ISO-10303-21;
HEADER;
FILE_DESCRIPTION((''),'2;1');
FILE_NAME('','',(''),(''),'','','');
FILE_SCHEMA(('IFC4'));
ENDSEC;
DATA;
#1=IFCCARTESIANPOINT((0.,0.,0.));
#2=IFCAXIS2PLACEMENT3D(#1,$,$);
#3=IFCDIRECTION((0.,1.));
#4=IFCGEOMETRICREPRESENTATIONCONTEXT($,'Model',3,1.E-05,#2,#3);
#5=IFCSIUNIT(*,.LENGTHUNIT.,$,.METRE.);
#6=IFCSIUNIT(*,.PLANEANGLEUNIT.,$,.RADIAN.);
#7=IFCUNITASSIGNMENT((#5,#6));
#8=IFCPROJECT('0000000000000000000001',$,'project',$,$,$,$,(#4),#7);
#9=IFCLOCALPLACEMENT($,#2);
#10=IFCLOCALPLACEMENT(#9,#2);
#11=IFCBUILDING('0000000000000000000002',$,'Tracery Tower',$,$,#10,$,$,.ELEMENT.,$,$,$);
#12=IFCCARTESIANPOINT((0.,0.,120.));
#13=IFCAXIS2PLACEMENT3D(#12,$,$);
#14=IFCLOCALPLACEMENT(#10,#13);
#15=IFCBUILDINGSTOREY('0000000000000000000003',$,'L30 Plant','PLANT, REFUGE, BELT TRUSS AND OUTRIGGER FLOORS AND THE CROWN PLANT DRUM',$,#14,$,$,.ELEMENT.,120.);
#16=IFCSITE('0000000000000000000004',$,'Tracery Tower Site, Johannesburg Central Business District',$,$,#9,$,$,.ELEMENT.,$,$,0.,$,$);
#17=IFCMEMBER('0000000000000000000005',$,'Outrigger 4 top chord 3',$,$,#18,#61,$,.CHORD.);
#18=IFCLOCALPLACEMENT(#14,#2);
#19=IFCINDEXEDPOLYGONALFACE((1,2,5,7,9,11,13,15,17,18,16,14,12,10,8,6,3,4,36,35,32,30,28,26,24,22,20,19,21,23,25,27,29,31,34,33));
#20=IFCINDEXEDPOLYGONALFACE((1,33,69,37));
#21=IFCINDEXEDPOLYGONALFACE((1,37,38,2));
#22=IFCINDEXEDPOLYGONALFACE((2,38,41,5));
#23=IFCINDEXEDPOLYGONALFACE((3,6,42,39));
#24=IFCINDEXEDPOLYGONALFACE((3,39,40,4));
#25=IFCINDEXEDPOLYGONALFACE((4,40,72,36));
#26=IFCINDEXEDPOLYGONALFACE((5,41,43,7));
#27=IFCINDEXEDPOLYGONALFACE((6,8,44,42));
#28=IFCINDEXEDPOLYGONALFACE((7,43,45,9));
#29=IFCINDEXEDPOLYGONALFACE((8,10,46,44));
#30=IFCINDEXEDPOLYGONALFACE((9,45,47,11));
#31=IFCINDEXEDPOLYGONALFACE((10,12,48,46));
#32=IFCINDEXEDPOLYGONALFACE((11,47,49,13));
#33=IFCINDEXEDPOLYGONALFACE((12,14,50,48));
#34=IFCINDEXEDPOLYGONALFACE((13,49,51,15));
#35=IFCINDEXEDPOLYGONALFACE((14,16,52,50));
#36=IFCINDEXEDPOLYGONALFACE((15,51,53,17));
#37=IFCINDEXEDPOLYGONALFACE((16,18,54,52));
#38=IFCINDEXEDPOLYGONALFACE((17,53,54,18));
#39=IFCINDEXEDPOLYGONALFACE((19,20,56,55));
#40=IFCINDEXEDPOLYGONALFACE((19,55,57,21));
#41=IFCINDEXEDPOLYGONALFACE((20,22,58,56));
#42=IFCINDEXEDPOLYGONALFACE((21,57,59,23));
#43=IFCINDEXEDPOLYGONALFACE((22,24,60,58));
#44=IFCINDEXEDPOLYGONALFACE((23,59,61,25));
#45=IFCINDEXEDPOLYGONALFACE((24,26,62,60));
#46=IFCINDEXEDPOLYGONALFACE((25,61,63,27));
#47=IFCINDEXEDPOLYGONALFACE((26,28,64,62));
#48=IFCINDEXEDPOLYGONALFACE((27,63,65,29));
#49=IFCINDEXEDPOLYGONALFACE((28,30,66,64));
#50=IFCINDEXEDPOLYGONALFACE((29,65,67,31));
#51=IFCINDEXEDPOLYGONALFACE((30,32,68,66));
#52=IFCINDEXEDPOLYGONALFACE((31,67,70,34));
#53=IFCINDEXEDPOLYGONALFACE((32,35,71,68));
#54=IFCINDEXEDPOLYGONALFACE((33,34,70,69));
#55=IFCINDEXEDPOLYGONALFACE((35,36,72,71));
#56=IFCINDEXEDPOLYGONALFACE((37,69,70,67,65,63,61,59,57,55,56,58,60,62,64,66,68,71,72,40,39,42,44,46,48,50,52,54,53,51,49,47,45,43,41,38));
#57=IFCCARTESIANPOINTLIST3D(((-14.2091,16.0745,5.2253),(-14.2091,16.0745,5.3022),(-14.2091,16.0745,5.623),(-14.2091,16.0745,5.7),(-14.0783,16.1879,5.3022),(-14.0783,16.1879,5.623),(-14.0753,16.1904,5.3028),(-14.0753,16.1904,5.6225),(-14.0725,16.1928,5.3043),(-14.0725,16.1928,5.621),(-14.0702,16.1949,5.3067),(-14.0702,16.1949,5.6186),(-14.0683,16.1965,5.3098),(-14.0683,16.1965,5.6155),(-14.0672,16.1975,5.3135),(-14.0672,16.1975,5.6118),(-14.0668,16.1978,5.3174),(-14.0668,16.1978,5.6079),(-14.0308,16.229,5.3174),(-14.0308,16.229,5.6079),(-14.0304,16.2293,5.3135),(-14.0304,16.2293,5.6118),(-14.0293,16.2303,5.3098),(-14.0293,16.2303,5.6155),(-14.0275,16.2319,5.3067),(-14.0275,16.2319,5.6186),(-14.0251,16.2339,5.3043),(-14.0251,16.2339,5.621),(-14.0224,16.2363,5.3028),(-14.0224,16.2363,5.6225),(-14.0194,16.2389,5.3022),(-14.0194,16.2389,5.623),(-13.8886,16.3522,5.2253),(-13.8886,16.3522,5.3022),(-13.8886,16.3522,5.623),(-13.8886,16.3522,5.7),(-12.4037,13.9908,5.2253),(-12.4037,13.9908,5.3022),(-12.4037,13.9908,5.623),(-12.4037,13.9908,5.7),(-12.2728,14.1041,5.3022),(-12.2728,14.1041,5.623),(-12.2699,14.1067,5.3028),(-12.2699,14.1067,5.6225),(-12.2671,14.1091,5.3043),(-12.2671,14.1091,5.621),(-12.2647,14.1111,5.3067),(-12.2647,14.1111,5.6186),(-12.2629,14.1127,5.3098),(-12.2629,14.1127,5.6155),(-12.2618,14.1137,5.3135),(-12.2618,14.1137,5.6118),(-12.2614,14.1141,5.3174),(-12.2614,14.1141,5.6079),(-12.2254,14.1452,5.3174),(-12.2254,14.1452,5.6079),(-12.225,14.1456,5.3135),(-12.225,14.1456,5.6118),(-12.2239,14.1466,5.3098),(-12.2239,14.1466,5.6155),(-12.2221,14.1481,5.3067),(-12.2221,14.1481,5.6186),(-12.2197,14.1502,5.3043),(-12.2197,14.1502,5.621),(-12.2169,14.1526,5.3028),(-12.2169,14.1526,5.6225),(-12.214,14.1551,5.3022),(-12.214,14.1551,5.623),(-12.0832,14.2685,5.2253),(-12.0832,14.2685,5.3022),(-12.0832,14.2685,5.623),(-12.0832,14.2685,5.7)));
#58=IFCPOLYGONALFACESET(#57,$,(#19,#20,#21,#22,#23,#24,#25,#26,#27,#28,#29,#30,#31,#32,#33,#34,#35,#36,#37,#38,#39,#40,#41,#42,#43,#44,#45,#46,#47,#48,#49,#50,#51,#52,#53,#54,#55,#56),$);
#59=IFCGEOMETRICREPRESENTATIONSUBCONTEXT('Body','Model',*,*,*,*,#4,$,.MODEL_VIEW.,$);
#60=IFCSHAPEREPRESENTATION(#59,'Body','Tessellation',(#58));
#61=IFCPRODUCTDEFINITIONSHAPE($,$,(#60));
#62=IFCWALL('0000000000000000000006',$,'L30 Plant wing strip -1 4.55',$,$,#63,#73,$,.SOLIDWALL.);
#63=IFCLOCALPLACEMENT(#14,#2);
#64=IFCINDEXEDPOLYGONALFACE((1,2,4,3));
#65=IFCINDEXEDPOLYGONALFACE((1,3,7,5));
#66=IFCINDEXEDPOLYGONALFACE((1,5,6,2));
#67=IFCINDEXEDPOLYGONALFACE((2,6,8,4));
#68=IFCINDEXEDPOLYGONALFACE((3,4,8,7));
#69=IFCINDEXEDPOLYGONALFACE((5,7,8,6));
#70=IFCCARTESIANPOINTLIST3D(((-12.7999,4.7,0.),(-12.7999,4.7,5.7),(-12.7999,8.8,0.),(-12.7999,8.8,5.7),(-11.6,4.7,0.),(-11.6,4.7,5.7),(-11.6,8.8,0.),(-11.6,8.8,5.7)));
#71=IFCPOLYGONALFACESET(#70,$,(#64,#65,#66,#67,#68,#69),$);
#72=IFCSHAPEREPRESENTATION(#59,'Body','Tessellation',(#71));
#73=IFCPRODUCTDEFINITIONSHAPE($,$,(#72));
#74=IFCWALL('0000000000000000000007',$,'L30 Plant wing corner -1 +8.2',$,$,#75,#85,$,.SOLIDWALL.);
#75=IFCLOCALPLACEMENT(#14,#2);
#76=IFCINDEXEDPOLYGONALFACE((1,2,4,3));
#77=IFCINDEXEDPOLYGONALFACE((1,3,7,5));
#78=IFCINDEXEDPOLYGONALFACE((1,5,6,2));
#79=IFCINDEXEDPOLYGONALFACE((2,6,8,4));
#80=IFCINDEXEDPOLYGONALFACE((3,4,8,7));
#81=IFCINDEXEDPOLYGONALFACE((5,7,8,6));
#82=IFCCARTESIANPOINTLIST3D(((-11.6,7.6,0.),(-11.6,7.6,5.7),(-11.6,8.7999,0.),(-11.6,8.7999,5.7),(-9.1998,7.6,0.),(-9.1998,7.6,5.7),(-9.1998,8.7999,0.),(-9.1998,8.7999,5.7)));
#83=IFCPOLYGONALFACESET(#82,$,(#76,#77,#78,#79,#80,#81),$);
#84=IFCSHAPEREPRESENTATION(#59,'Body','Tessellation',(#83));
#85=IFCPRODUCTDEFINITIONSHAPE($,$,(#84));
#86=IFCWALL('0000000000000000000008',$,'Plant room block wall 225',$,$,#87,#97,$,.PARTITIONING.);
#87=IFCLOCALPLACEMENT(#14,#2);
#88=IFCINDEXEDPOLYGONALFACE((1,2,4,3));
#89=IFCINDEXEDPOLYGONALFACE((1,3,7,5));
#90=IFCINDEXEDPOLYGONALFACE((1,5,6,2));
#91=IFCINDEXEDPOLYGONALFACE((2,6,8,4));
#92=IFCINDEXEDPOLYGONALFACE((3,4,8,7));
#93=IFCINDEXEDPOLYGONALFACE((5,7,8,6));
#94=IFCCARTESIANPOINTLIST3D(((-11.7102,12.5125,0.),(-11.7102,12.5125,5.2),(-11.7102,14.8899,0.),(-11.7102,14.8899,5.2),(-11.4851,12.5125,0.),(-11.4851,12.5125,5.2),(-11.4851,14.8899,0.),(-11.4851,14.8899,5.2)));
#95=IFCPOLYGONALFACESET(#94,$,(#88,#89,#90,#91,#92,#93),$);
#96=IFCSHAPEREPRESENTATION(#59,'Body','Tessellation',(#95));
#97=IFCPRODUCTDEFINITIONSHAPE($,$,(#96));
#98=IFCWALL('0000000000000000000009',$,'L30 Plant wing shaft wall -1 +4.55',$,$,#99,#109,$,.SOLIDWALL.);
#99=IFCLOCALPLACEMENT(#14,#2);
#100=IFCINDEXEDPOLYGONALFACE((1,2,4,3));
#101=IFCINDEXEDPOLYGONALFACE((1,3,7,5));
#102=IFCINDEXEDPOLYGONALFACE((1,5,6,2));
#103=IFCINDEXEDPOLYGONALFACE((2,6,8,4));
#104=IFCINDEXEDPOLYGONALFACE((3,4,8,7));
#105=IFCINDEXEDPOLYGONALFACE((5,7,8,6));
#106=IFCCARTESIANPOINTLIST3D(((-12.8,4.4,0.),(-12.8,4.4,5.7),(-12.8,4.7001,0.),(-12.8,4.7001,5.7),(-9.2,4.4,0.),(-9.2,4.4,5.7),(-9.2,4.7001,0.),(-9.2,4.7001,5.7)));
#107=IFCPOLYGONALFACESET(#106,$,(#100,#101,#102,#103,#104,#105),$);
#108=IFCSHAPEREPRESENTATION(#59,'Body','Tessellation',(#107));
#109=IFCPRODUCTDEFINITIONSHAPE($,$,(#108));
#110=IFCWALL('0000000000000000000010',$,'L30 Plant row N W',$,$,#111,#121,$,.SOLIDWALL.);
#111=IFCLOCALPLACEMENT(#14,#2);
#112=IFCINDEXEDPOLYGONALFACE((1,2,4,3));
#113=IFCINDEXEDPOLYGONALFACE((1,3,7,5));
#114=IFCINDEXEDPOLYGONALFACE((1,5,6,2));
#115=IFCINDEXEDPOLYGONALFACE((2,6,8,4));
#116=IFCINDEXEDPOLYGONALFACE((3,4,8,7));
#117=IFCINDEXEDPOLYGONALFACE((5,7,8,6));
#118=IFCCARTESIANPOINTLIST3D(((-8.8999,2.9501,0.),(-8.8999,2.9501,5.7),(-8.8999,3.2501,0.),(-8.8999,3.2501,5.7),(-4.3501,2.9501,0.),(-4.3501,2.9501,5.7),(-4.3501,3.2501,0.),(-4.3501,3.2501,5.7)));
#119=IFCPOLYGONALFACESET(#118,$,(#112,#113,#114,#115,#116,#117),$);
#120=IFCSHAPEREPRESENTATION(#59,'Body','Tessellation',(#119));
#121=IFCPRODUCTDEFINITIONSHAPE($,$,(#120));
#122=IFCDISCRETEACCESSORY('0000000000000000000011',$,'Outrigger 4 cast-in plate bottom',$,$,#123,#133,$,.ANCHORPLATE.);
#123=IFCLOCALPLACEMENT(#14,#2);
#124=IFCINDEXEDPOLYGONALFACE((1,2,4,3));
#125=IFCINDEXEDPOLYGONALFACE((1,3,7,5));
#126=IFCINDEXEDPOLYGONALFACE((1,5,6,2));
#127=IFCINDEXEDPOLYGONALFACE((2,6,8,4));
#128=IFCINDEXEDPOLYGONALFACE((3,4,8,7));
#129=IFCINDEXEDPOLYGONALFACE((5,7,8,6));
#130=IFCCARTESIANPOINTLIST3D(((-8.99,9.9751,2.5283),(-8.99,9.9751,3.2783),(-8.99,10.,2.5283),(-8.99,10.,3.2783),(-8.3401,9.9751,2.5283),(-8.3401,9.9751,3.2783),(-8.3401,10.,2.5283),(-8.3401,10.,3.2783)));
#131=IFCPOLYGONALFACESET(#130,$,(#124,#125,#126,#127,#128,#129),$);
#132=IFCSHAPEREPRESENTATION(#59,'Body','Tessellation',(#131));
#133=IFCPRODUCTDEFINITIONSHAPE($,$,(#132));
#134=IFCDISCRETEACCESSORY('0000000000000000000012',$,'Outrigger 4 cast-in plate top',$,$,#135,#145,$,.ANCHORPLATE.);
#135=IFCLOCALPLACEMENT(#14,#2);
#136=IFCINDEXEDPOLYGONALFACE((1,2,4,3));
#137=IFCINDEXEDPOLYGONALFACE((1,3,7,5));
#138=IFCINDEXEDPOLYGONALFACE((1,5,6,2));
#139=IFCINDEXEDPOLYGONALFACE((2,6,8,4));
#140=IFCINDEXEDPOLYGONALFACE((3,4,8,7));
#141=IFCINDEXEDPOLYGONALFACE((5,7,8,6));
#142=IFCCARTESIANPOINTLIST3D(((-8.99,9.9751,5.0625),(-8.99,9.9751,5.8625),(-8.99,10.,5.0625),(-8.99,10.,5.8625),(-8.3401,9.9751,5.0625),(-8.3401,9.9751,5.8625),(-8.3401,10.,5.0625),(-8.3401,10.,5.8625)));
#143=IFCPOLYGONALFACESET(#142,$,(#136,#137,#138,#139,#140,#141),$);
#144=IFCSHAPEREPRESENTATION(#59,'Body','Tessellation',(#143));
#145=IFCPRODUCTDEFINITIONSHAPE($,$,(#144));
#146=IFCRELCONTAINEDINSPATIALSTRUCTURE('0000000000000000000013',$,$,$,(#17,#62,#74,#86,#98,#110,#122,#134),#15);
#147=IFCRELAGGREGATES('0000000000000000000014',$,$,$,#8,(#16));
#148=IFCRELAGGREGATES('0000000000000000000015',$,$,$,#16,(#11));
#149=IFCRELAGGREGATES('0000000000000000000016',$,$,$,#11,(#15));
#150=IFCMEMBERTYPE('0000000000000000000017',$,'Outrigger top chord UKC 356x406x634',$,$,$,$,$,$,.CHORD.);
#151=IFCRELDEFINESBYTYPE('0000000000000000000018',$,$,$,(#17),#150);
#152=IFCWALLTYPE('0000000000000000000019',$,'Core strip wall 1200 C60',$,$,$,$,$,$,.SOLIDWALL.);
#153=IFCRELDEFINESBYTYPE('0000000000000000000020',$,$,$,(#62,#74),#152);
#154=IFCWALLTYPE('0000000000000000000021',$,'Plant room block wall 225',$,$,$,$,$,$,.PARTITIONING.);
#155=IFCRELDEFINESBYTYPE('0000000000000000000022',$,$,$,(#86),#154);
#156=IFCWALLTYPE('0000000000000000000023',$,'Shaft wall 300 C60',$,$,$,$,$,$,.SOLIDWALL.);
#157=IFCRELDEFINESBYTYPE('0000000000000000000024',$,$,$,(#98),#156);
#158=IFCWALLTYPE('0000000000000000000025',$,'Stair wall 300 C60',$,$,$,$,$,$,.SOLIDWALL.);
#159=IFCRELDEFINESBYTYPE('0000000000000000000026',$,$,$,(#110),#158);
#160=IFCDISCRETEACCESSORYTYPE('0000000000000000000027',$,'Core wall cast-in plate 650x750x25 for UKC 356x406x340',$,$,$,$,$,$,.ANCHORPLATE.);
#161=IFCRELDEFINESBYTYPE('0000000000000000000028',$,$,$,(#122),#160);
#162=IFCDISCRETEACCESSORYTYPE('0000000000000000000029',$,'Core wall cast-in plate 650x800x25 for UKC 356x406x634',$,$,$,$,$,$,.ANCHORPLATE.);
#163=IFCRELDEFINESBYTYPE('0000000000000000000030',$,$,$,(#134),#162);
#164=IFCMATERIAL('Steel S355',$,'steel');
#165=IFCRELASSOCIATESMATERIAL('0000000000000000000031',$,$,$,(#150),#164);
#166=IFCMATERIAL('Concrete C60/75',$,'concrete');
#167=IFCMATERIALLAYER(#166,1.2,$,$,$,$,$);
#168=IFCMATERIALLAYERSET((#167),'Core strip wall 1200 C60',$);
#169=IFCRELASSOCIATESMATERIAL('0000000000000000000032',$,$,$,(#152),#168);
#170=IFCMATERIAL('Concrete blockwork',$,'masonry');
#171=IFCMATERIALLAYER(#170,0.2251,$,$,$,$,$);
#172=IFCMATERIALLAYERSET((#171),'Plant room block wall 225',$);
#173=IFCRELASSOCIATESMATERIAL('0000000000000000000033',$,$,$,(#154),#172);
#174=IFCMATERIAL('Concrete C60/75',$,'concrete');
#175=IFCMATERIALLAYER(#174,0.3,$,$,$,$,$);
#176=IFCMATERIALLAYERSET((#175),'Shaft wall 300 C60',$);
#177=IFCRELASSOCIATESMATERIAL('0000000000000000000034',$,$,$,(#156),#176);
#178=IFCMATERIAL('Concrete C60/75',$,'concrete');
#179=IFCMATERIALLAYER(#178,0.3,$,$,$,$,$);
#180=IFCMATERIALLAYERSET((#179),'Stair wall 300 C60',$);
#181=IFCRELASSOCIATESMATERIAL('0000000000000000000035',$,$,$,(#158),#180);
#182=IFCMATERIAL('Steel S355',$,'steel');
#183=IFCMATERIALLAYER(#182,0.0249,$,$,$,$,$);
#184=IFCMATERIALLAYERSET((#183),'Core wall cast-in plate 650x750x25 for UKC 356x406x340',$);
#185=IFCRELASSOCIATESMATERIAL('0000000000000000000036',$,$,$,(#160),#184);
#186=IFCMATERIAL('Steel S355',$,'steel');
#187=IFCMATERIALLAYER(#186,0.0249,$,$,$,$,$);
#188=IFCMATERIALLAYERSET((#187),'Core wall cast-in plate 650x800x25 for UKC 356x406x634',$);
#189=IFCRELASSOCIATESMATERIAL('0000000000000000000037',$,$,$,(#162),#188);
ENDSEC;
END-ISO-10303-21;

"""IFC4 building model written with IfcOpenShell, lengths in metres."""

from ifc_helpers import new_model, si_unit, direction, frame, frame_2d, origin, origin_2d, place, context, subcontext, project, spatial, rectangle, i_section, extrude, material, layer, layer_set, material_profile, profile_set, type_object, element, save


model = new_model("IFC4")

# Units and contexts
model_context = context("Model", 3, precision=1e-05, world=origin(), true_north=direction((0.0, 1.0)))
body_context = subcontext(model_context, "Body", "Model", "MODEL_VIEW")
ifc_project = project(units=[si_unit("LENGTHUNIT", "METRE"), si_unit("PLANEANGLEUNIT", "RADIAN")], contexts=[model_context])

# Site, building, storey
site_placement = place(None, origin())
site = spatial("IfcSite", under=ifc_project, at=site_placement, Name="Tracery Tower Site, Johannesburg Central Business District", CompositionType="ELEMENT", RefElevation=0.0)
building_placement = place(site_placement, origin())
building = spatial("IfcBuilding", under=site, at=building_placement, Name="Tracery Tower", CompositionType="ELEMENT")
storey_placement = place(building_placement, frame((0.0, 0.0, 120.0)))
storey = spatial("IfcBuildingStorey", under=building, at=storey_placement, Name="L30 Plant", Description="PLANT, REFUGE, BELT TRUSS AND OUTRIGGER FLOORS AND THE CROWN PLANT DRUM", CompositionType="ELEMENT", Elevation=120.0)

# Member
ifc_material_1 = material(Name="Steel S355", Category="steel")
ifc_material_profile_1 = material_profile(ifc_material_1, i_section(OverallWidth=0.4241, OverallDepth=0.4746, WebThickness=0.0476, FlangeThickness=0.0769, FilletRadius=0.0151, at=origin_2d()), Name="UKC 356x406x634")
ifc_profile_set_1 = profile_set([ifc_material_profile_1], Name="Steel S355")
member_type_1 = type_object("IfcMemberType", Name="Outrigger top chord UKC 356x406x634", PredefinedType="CHORD", material=ifc_profile_set_1)
member_1_placement = place(storey_placement, frame((-12.2434, 14.1296, 5.4626), z_axis=(-0.654829, 0.755777, 0.0), x_axis=(-0.755777, -0.654829, 0.0)))
element("IfcMember", 1, at=member_1_placement, inside=storey, type_object=member_type_1, Name="Outrigger 4 top chord 3", PredefinedType="CHORD", context=body_context, shape_type="SweptSolid", body=[
    extrude(i_section(OverallWidth=0.4241, OverallDepth=0.4746, WebThickness=0.0476, FlangeThickness=0.0769, FilletRadius=0.0151, at=origin_2d()), origin(), (0.0, 0.0, 1.0), 2.7571),
])

# Walls
ifc_material_2 = material(Name="Concrete C60/75", Category="concrete")
ifc_layer_1 = layer(ifc_material_2, 1.2)
ifc_layer_set_1 = layer_set([ifc_layer_1], Name="Core strip wall 1200 C60")
wall_type_1 = type_object("IfcWallType", Name="Core strip wall 1200 C60", PredefinedType="SOLIDWALL", material=ifc_layer_set_1)
wall_1_placement = place(storey_placement, frame((-12.2, 4.7, 0.0), z_axis=(0.0, 0.0, 1.0), x_axis=(0.0, 1.0, 0.0)))
element("IfcWall", 2, at=wall_1_placement, inside=storey, type_object=wall_type_1, Name="L30 Plant wing strip -1 4.55", PredefinedType="SOLIDWALL", context=body_context, shape_type="SweptSolid", body=[
    extrude(rectangle(XDim=4.1001, YDim=1.2, at=frame_2d((2.05, 0.0))), origin(), (0.0, 0.0, 1.0), 5.7),
])
wall_2_placement = place(storey_placement, frame((-11.6001, 8.2, 0.0), z_axis=(0.0, 0.0, 1.0), x_axis=(1.0, 0.0, 0.0)))
element("IfcWall", 3, at=wall_2_placement, inside=storey, type_object=wall_type_1, Name="L30 Plant wing corner -1 +8.2", PredefinedType="SOLIDWALL", context=body_context, shape_type="SweptSolid", body=[
    extrude(rectangle(XDim=2.4001, YDim=1.2, at=frame_2d((1.2002, 0.0))), origin(), (0.0, 0.0, 1.0), 5.7),
])

# Walls
ifc_material_3 = material(Name="Concrete blockwork", Category="masonry")
ifc_layer_2 = layer(ifc_material_3, 0.2251)
ifc_layer_set_2 = layer_set([ifc_layer_2], Name="Plant room block wall 225")
wall_type_2 = type_object("IfcWallType", Name="Plant room block wall 225", PredefinedType="PARTITIONING", material=ifc_layer_set_2)
wall_3_placement = place(storey_placement, frame((-11.5977, 12.5125, 0.0), z_axis=(0.0, 0.0, 1.0), x_axis=(0.0, 1.0, 0.0)))
element("IfcWall", 4, at=wall_3_placement, inside=storey, type_object=wall_type_2, Name="Plant room block wall 225", PredefinedType="PARTITIONING", context=body_context, shape_type="SweptSolid", body=[
    extrude(rectangle(XDim=2.3774, YDim=0.2251, at=frame_2d((1.1887, 0.0))), origin(), (0.0, 0.0, 1.0), 5.2),
])
ifc_material_4 = material(Name="Concrete C60/75", Category="concrete")
ifc_layer_3 = layer(ifc_material_4, 0.3)
ifc_layer_set_3 = layer_set([ifc_layer_3], Name="Shaft wall 300 C60")
wall_type_3 = type_object("IfcWallType", Name="Shaft wall 300 C60", PredefinedType="SOLIDWALL", material=ifc_layer_set_3)
wall_4_placement = place(storey_placement, frame((-12.8, 4.55, 0.0), z_axis=(0.0, 0.0, 1.0), x_axis=(1.0, 0.0, 0.0)))
element("IfcWall", 5, at=wall_4_placement, inside=storey, type_object=wall_type_3, Name="L30 Plant wing shaft wall -1 +4.55", PredefinedType="SOLIDWALL", context=body_context, shape_type="SweptSolid", body=[
    extrude(rectangle(XDim=3.6001, YDim=0.3, at=frame_2d((1.8, 0.0))), origin(), (0.0, 0.0, 1.0), 5.7),
])

# Wall
ifc_material_5 = material(Name="Concrete C60/75", Category="concrete")
ifc_layer_4 = layer(ifc_material_5, 0.3)
ifc_layer_set_4 = layer_set([ifc_layer_4], Name="Stair wall 300 C60")
wall_type_4 = type_object("IfcWallType", Name="Stair wall 300 C60", PredefinedType="SOLIDWALL", material=ifc_layer_set_4)
wall_5_placement = place(storey_placement, frame((-8.8999, 3.1001, 0.0), z_axis=(0.0, 0.0, 1.0), x_axis=(1.0, 0.0, 0.0)))
element("IfcWall", 6, at=wall_5_placement, inside=storey, type_object=wall_type_4, Name="L30 Plant row N W", PredefinedType="SOLIDWALL", context=body_context, shape_type="SweptSolid", body=[
    extrude(rectangle(XDim=4.5498, YDim=0.3, at=frame_2d((2.2749, 0.0))), origin(), (0.0, 0.0, 1.0), 5.7),
])

# Discrete accessories
ifc_material_6 = material(Name="Steel S355", Category="steel")
ifc_layer_5 = layer(ifc_material_6, 0.0249)
ifc_layer_set_5 = layer_set([ifc_layer_5], Name="Core wall cast-in plate 650x750x25 for UKC 356x406x340")
discrete_accessory_type_1 = type_object("IfcDiscreteAccessoryType", Name="Core wall cast-in plate 650x750x25 for UKC 356x406x340", PredefinedType="ANCHORPLATE", material=ifc_layer_set_5)
discrete_accessory_1_placement = place(storey_placement, frame((-8.665, 9.9875, 2.5283), z_axis=(0.0, 0.0, 1.0), x_axis=(1.0, 0.0, 0.0)))
element("IfcDiscreteAccessory", 7, at=discrete_accessory_1_placement, inside=storey, type_object=discrete_accessory_type_1, Name="Outrigger 4 cast-in plate bottom", PredefinedType="ANCHORPLATE", context=body_context, shape_type="SweptSolid", body=[
    extrude(rectangle(XDim=0.6499, YDim=0.0249, at=origin_2d()), origin(), (0.0, 0.0, 1.0), 0.75),
])
ifc_material_7 = material(Name="Steel S355", Category="steel")
ifc_layer_6 = layer(ifc_material_7, 0.0249)
ifc_layer_set_6 = layer_set([ifc_layer_6], Name="Core wall cast-in plate 650x800x25 for UKC 356x406x634")
discrete_accessory_type_2 = type_object("IfcDiscreteAccessoryType", Name="Core wall cast-in plate 650x800x25 for UKC 356x406x634", PredefinedType="ANCHORPLATE", material=ifc_layer_set_6)
discrete_accessory_2_placement = place(storey_placement, frame((-8.665, 9.9875, 5.0625), z_axis=(0.0, 0.0, 1.0), x_axis=(1.0, 0.0, 0.0)))
element("IfcDiscreteAccessory", 8, at=discrete_accessory_2_placement, inside=storey, type_object=discrete_accessory_type_2, Name="Outrigger 4 cast-in plate top", PredefinedType="ANCHORPLATE", context=body_context, shape_type="SweptSolid", body=[
    extrude(rectangle(XDim=0.6499, YDim=0.0249, at=origin_2d()), origin(), (0.0, 0.0, 1.0), 0.8),
])

save(model, "model.ifc")
